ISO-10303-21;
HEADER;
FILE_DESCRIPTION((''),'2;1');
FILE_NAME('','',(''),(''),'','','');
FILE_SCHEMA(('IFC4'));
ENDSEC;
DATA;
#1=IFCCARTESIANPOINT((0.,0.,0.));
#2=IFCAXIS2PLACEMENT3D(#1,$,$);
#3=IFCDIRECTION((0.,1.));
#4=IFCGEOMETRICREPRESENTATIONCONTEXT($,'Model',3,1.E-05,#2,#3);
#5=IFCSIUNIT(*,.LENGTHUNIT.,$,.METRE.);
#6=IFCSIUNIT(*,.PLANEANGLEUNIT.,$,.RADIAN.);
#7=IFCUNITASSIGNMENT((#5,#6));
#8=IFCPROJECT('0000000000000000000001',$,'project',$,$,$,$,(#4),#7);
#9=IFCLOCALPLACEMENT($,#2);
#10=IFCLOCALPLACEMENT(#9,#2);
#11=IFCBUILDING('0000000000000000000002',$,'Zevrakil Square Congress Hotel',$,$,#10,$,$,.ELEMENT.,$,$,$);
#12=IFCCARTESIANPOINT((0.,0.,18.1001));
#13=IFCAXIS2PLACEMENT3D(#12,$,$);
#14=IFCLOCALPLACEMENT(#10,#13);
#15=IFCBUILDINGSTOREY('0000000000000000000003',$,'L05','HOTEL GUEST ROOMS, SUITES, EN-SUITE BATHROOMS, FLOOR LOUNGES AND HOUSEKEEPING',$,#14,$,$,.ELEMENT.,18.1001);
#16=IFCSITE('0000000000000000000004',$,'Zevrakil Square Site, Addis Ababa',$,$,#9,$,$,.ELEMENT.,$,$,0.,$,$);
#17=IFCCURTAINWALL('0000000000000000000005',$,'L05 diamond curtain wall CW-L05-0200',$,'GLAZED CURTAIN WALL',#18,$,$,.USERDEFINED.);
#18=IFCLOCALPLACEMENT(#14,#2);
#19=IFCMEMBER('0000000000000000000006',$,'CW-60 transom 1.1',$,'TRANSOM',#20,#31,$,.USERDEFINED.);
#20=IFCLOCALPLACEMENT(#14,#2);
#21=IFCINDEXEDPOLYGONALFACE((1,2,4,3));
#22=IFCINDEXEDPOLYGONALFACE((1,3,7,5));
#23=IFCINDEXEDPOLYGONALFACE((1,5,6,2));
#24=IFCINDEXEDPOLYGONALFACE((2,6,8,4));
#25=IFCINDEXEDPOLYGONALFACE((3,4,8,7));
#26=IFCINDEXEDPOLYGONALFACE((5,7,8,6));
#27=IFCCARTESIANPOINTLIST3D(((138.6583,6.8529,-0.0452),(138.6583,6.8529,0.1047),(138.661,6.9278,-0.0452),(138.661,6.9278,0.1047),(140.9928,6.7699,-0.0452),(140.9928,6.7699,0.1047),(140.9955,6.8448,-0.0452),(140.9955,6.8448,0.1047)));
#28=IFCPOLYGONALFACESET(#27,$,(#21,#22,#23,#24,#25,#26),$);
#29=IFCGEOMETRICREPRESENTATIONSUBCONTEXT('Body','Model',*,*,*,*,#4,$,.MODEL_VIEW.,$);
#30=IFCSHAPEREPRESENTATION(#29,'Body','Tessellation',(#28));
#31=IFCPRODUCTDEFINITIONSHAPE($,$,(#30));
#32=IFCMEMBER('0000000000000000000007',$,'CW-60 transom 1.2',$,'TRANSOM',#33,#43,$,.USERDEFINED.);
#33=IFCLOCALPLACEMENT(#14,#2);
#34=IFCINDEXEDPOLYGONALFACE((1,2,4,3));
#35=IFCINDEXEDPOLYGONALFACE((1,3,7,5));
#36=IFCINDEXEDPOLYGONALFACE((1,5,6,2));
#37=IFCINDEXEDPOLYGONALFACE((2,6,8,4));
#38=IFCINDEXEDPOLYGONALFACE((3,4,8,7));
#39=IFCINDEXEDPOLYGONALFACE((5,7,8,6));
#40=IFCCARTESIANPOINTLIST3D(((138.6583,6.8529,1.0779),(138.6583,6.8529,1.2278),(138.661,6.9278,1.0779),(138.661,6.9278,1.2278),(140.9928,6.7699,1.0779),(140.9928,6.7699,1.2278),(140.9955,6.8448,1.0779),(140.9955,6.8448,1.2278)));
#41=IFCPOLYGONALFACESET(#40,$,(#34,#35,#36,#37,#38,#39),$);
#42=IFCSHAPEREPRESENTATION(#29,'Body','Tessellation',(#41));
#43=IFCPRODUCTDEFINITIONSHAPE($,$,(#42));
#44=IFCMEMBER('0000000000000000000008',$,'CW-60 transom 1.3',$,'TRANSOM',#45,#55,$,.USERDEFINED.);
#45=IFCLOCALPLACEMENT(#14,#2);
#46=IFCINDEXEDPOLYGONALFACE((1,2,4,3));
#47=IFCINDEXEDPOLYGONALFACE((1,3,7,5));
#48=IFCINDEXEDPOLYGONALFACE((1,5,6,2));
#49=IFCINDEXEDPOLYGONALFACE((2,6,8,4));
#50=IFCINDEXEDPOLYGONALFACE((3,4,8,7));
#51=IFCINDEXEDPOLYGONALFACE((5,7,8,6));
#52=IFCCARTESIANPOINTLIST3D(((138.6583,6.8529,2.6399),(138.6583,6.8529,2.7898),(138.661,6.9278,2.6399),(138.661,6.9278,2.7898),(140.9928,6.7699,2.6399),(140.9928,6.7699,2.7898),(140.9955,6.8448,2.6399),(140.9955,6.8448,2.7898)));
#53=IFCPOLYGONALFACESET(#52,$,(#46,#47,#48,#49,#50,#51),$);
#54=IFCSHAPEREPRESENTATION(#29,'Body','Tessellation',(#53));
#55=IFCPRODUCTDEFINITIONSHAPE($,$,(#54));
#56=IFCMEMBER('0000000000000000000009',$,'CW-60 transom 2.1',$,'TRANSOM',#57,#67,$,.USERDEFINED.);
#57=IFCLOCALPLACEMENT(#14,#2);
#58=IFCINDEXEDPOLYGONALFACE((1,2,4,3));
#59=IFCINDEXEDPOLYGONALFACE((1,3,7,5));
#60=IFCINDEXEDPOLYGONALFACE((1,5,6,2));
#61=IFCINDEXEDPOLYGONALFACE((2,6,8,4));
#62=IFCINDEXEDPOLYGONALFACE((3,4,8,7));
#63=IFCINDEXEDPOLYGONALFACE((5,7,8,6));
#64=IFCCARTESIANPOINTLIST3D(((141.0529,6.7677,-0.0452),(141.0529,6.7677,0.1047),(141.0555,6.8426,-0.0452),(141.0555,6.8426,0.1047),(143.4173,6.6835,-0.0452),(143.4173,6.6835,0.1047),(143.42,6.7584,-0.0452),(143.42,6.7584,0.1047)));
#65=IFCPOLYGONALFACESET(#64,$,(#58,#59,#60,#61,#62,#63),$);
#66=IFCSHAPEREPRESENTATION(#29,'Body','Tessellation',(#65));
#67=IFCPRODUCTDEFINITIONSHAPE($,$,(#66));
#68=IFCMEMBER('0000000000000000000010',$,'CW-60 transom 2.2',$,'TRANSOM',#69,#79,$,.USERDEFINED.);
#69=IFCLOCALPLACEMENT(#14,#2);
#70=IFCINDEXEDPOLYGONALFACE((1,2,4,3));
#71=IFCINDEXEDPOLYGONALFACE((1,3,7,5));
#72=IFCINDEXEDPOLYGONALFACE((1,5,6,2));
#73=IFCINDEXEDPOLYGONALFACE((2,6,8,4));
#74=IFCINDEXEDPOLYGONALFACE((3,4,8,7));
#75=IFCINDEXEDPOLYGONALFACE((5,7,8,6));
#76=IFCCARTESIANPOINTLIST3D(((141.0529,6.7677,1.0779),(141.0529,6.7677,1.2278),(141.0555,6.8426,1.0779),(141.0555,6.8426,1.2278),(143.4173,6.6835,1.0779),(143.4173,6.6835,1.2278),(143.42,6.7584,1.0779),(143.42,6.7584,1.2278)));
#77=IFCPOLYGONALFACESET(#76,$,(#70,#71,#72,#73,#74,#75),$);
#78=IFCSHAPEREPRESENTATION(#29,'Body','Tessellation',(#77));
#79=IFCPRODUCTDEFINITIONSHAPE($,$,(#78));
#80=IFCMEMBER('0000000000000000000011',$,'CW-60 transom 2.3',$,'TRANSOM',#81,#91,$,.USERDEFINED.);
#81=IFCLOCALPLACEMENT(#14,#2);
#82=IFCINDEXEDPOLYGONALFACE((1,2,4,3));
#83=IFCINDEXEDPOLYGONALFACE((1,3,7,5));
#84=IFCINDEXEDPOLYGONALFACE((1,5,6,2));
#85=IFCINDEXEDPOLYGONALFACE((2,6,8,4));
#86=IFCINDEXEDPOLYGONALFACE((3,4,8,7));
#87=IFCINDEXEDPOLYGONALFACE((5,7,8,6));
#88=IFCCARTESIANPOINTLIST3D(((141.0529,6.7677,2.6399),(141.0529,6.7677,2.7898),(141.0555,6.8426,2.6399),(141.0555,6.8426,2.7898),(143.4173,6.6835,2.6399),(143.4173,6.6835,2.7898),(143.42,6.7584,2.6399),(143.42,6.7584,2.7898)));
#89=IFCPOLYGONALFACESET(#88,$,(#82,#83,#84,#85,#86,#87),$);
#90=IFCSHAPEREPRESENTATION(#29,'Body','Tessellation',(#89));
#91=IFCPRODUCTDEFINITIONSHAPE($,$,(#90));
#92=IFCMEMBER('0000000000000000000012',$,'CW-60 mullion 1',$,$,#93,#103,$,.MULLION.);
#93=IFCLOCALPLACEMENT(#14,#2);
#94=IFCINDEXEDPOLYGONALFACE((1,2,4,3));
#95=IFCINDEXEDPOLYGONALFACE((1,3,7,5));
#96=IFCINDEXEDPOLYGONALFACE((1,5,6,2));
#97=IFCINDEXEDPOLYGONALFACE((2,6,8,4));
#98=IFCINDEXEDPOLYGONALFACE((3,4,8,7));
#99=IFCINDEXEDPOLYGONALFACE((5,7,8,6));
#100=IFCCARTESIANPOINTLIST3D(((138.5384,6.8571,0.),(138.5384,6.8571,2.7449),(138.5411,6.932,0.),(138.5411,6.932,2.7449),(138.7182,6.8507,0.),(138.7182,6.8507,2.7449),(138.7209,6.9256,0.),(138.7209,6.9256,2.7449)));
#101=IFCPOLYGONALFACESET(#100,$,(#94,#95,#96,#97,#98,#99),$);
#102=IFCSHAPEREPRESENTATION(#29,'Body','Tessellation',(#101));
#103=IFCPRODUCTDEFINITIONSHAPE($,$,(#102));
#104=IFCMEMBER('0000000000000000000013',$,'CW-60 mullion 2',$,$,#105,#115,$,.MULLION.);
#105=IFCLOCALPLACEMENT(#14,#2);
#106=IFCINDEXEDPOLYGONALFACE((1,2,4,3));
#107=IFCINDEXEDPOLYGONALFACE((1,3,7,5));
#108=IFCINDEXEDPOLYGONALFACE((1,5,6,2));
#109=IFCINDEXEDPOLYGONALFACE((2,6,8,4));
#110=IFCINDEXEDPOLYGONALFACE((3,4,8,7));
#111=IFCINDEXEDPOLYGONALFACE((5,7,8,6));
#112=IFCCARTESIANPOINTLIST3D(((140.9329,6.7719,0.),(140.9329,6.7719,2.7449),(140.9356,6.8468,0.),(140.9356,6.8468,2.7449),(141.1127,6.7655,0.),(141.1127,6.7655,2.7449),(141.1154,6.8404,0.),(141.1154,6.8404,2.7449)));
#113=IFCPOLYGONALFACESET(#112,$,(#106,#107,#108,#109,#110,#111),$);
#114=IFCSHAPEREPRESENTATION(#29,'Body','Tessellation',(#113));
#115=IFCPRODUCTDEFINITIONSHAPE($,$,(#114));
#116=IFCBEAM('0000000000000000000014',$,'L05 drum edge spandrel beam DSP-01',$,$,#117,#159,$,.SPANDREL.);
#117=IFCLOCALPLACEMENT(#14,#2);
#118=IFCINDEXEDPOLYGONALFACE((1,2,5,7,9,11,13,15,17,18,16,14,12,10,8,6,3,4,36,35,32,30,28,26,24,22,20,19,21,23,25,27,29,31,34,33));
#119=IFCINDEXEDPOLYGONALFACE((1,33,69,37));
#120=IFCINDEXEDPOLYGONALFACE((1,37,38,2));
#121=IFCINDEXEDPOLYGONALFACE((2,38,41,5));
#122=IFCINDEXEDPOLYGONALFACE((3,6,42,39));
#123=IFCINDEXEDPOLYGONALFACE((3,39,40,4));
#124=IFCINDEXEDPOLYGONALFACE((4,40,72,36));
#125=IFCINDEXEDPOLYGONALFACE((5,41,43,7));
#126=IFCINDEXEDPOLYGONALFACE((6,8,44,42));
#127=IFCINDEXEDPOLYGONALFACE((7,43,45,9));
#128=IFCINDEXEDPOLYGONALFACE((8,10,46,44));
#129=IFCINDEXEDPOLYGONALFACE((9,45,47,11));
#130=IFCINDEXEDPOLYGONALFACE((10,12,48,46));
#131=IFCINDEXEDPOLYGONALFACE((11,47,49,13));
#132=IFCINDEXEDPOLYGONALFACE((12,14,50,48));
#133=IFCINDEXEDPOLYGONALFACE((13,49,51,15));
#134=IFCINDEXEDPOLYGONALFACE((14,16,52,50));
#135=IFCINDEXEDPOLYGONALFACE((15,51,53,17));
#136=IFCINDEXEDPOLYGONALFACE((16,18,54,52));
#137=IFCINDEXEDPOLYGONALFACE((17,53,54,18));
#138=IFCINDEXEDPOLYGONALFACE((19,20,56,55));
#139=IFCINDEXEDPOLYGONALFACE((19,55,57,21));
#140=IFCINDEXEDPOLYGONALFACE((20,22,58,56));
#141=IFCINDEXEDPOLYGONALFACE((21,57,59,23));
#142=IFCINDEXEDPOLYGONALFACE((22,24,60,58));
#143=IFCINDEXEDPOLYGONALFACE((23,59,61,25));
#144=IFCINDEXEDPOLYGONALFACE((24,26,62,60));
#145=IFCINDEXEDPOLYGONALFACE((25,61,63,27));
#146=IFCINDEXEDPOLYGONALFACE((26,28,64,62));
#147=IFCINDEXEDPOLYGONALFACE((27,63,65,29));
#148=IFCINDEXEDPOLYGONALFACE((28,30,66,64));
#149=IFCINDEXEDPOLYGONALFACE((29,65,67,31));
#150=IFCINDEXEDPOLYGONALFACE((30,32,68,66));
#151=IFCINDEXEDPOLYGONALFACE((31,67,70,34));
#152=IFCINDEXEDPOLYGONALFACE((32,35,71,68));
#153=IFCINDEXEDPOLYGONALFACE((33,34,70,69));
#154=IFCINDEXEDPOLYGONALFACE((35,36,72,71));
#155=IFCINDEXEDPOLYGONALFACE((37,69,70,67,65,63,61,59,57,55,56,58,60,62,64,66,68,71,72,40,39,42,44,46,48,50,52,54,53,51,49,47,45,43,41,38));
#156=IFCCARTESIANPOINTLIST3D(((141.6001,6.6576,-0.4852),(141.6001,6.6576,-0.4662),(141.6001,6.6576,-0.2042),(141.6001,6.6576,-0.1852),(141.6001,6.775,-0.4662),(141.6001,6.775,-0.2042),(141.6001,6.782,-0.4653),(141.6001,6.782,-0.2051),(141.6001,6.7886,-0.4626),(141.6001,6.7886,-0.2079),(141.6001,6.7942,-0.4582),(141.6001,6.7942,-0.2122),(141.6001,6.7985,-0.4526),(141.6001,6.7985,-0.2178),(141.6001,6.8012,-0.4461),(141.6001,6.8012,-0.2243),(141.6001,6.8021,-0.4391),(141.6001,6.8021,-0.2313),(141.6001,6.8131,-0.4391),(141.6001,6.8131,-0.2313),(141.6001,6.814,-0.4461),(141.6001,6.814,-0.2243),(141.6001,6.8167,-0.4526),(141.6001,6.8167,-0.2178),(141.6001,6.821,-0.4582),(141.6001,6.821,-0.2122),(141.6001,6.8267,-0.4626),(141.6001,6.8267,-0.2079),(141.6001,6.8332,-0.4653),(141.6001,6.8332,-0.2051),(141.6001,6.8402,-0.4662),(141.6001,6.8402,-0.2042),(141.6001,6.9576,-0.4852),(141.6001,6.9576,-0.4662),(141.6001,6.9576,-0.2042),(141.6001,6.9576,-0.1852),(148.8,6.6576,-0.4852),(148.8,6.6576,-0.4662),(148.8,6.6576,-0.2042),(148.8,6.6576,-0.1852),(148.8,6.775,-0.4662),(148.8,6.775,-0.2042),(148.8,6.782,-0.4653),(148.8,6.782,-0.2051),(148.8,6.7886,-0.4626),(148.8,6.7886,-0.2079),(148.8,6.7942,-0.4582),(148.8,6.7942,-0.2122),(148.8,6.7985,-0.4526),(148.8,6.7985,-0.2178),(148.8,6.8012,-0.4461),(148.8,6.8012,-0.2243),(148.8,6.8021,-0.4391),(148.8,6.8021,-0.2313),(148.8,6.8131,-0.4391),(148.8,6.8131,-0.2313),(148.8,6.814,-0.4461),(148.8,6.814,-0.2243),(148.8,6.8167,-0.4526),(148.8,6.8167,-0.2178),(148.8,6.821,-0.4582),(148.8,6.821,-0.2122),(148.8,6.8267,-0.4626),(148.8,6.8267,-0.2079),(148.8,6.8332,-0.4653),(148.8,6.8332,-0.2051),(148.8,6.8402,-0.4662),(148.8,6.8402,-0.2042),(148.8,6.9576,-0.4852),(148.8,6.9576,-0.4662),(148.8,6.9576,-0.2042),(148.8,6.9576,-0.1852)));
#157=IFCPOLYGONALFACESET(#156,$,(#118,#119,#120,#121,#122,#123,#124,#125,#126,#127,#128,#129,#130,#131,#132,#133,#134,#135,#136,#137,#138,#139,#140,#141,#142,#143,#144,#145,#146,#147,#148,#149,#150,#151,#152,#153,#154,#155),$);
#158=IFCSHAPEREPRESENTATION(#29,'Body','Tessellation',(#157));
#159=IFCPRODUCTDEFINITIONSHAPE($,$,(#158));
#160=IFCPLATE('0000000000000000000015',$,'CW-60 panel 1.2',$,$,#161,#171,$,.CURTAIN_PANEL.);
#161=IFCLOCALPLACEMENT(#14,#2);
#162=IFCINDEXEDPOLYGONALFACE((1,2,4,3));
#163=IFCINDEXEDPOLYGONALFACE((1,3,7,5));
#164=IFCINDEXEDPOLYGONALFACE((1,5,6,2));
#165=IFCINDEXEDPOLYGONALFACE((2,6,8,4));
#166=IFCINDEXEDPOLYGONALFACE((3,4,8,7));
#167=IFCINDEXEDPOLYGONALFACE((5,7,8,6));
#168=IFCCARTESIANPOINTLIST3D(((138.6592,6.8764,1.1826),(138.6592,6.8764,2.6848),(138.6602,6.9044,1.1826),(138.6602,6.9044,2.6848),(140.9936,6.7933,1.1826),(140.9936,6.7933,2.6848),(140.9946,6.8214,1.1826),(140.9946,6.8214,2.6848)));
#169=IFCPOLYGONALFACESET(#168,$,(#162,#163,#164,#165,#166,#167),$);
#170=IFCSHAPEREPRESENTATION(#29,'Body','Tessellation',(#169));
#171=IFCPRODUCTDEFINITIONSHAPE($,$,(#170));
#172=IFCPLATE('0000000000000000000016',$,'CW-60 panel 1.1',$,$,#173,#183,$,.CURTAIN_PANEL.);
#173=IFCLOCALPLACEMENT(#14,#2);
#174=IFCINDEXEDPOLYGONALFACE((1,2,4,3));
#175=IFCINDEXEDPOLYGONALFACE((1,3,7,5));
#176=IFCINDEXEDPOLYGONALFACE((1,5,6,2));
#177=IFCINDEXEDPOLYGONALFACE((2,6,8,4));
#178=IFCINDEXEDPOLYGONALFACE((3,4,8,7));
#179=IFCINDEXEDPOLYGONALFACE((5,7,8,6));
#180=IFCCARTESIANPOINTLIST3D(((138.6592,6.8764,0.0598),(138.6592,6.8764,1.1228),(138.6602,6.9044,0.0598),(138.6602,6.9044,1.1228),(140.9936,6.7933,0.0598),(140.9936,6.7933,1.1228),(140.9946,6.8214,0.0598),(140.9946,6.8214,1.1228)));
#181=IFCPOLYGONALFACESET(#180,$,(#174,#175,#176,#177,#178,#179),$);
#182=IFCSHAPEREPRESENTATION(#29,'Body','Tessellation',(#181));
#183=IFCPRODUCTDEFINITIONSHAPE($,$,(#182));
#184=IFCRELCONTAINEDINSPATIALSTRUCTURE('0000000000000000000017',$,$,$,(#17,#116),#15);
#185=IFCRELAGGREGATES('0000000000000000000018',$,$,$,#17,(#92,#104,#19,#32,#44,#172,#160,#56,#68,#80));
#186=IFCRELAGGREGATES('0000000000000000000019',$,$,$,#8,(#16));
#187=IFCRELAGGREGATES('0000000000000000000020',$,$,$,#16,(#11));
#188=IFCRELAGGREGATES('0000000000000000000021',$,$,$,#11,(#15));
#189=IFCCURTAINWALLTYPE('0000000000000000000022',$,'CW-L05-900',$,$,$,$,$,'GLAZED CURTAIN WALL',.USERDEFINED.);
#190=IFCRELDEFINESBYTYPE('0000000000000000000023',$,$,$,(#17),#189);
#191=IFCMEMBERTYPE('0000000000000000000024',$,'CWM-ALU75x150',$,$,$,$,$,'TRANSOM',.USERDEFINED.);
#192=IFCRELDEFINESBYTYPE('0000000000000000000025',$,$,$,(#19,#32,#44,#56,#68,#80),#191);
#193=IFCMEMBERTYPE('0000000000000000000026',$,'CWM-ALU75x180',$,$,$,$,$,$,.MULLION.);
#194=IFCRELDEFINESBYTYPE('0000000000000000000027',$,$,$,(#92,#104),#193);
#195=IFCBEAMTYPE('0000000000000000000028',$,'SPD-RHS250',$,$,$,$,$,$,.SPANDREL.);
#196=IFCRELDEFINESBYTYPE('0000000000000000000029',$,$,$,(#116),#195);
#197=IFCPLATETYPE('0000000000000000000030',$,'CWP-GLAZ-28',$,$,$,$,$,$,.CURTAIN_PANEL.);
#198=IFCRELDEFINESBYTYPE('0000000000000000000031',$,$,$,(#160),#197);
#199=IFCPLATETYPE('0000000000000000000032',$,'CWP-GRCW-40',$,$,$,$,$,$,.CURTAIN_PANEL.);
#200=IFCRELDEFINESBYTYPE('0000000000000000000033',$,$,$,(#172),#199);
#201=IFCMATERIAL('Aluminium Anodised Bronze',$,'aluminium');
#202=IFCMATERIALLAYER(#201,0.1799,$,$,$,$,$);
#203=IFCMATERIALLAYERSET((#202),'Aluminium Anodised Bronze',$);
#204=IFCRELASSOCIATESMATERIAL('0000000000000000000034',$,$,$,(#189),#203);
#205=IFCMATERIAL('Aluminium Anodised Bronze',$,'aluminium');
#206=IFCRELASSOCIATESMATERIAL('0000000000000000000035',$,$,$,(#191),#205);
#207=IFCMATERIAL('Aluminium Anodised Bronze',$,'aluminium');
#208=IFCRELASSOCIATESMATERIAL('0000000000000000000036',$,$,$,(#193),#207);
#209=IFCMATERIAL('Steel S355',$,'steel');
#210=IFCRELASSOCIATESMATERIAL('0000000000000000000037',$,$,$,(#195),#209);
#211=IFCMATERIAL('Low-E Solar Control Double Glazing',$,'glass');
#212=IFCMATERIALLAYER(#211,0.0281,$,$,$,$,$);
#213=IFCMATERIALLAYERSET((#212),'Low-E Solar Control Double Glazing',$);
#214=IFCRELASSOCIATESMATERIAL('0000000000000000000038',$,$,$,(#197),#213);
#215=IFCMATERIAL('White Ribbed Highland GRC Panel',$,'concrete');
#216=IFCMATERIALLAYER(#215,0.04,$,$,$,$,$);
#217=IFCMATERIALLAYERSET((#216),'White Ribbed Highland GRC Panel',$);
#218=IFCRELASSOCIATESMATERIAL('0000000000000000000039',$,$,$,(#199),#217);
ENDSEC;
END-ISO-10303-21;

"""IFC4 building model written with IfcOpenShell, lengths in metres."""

from ifc_helpers import new_model, si_unit, direction, frame, origin, origin_2d, place, context, subcontext, project, spatial, rectangle, i_section, extrude, material, layer, layer_set, material_profile, profile_set, type_object, element, aggregate, save


model = new_model("IFC4")

# Units and contexts
model_context = context("Model", 3, precision=1e-05, world=origin(), true_north=direction((0.0, 1.0)))
body_context = subcontext(model_context, "Body", "Model", "MODEL_VIEW")
ifc_project = project(units=[si_unit("LENGTHUNIT", "METRE"), si_unit("PLANEANGLEUNIT", "RADIAN")], contexts=[model_context])

# Site, building, storey
site_placement = place(None, origin())
site = spatial("IfcSite", under=ifc_project, at=site_placement, Name="Zevrakil Square Site, Addis Ababa", CompositionType="ELEMENT", RefElevation=0.0)
building_placement = place(site_placement, origin())
building = spatial("IfcBuilding", under=site, at=building_placement, Name="Zevrakil Square Congress Hotel", CompositionType="ELEMENT")
storey_placement = place(building_placement, frame((0.0, 0.0, 18.1001)))
storey = spatial("IfcBuildingStorey", under=building, at=storey_placement, Name="L05", Description="HOTEL GUEST ROOMS, SUITES, EN-SUITE BATHROOMS, FLOOR LOUNGES AND HOUSEKEEPING", CompositionType="ELEMENT", Elevation=18.1001)

# Curtain wall, members
ifc_material_1 = material(Name="Aluminium Anodised Bronze", Category="aluminium")
ifc_layer_1 = layer(ifc_material_1, 0.1799)
ifc_layer_set_1 = layer_set([ifc_layer_1], Name="Aluminium Anodised Bronze")
curtain_wall_type = type_object("IfcCurtainWallType", Name="CW-L05-900", ElementType="GLAZED CURTAIN WALL", PredefinedType="USERDEFINED", material=ifc_layer_set_1)
curtain_wall_placement = place(storey_placement, origin())
curtain_wall = element("IfcCurtainWall", 1, at=curtain_wall_placement, inside=storey, type_object=curtain_wall_type, Name="L05 diamond curtain wall CW-L05-0200", ObjectType="GLAZED CURTAIN WALL", PredefinedType="USERDEFINED")
ifc_material_2 = material(Name="Aluminium Anodised Bronze", Category="aluminium")
ifc_material_profile_1 = material_profile(ifc_material_2, rectangle(XDim=0.075, YDim=0.1499, at=origin_2d()), Name="ALU 75x150")
ifc_profile_set_1 = profile_set([ifc_material_profile_1], Name="Aluminium Anodised Bronze")
member_type_1 = type_object("IfcMemberType", Name="CWM-ALU75x150", ElementType="TRANSOM", PredefinedType="USERDEFINED", material=ifc_profile_set_1)
member_1_placement = place(storey_placement, frame((138.6597, 6.8904, 0.0298), z_axis=(0.999368, -0.035535, 0.0), x_axis=(0.035535, 0.999368, 0.0)))
member_1 = element("IfcMember", 2, at=member_1_placement, type_object=member_type_1, Name="CW-60 transom 1.1", ObjectType="TRANSOM", PredefinedType="USERDEFINED", context=body_context, shape_type="SweptSolid", body=[
    extrude(rectangle(XDim=0.075, YDim=0.1499, at=origin_2d()), origin(), (0.0, 0.0, 1.0), 2.3359),
])
member_2_placement = place(storey_placement, frame((138.6597, 6.8904, 1.1528), z_axis=(0.999368, -0.035535, 0.0), x_axis=(0.035535, 0.999368, 0.0)))
member_2 = element("IfcMember", 3, at=member_2_placement, type_object=member_type_1, Name="CW-60 transom 1.2", ObjectType="TRANSOM", PredefinedType="USERDEFINED", context=body_context, shape_type="SweptSolid", body=[
    extrude(rectangle(XDim=0.075, YDim=0.1499, at=origin_2d()), origin(), (0.0, 0.0, 1.0), 2.3359),
])
member_3_placement = place(storey_placement, frame((138.6597, 6.8904, 2.7148), z_axis=(0.999368, -0.035535, 0.0), x_axis=(0.035535, 0.999368, 0.0)))
member_3 = element("IfcMember", 4, at=member_3_placement, type_object=member_type_1, Name="CW-60 transom 1.3", ObjectType="TRANSOM", PredefinedType="USERDEFINED", context=body_context, shape_type="SweptSolid", body=[
    extrude(rectangle(XDim=0.075, YDim=0.1499, at=origin_2d()), origin(), (0.0, 0.0, 1.0), 2.3359),
])
member_4_placement = place(storey_placement, frame((141.0542, 6.8052, 0.0298), z_axis=(0.999366, -0.0356, 0.0), x_axis=(0.0356, 0.999366, 0.0)))
member_4 = element("IfcMember", 5, at=member_4_placement, type_object=member_type_1, Name="CW-60 transom 2.1", ObjectType="TRANSOM", PredefinedType="USERDEFINED", context=body_context, shape_type="SweptSolid", body=[
    extrude(rectangle(XDim=0.075, YDim=0.1499, at=origin_2d()), origin(), (0.0, 0.0, 1.0), 2.366),
])
member_5_placement = place(storey_placement, frame((141.0542, 6.8052, 1.1528), z_axis=(0.999366, -0.0356, 0.0), x_axis=(0.0356, 0.999366, 0.0)))
member_5 = element("IfcMember", 6, at=member_5_placement, type_object=member_type_1, Name="CW-60 transom 2.2", ObjectType="TRANSOM", PredefinedType="USERDEFINED", context=body_context, shape_type="SweptSolid", body=[
    extrude(rectangle(XDim=0.075, YDim=0.1499, at=origin_2d()), origin(), (0.0, 0.0, 1.0), 2.366),
])
member_6_placement = place(storey_placement, frame((141.0542, 6.8052, 2.7148), z_axis=(0.999366, -0.0356, 0.0), x_axis=(0.0356, 0.999366, 0.0)))
member_6 = element("IfcMember", 7, at=member_6_placement, type_object=member_type_1, Name="CW-60 transom 2.3", ObjectType="TRANSOM", PredefinedType="USERDEFINED", context=body_context, shape_type="SweptSolid", body=[
    extrude(rectangle(XDim=0.075, YDim=0.1499, at=origin_2d()), origin(), (0.0, 0.0, 1.0), 2.366),
])
ifc_material_3 = material(Name="Aluminium Anodised Bronze", Category="aluminium")
ifc_material_profile_2 = material_profile(ifc_material_3, rectangle(XDim=0.075, YDim=0.1799, at=origin_2d()), Name="ALU 75x180")
ifc_profile_set_2 = profile_set([ifc_material_profile_2], Name="Aluminium Anodised Bronze")
member_type_2 = type_object("IfcMemberType", Name="CWM-ALU75x180", PredefinedType="MULLION", material=ifc_profile_set_2)
member_7_placement = place(storey_placement, frame((138.6296, 6.8914, 0.0), z_axis=(0.0, 0.0, 1.0), x_axis=(0.035553, 0.999368, 0.0)))
member_7 = element("IfcMember", 8, at=member_7_placement, type_object=member_type_2, Name="CW-60 mullion 1", PredefinedType="MULLION", context=body_context, shape_type="SweptSolid", body=[
    extrude(rectangle(XDim=0.075, YDim=0.1799, at=origin_2d()), origin(), (0.0, 0.0, 1.0), 2.7449),
])
member_8_placement = place(storey_placement, frame((141.0242, 6.8062, 0.0), z_axis=(0.0, 0.0, 1.0), x_axis=(0.035553, 0.999368, 0.0)))
member_8 = element("IfcMember", 9, at=member_8_placement, type_object=member_type_2, Name="CW-60 mullion 2", PredefinedType="MULLION", context=body_context, shape_type="SweptSolid", body=[
    extrude(rectangle(XDim=0.075, YDim=0.1799, at=origin_2d()), origin(), (0.0, 0.0, 1.0), 2.7449),
])

# Beam
ifc_material_4 = material(Name="Steel S355", Category="steel")
ifc_material_profile_3 = material_profile(ifc_material_4, i_section(OverallWidth=0.3, OverallDepth=0.3, WebThickness=0.011, FlangeThickness=0.019, FilletRadius=0.0271, at=origin_2d()), Name="HEB 300")
ifc_profile_set_3 = profile_set([ifc_material_profile_3], Name="Steel S355")
beam_type = type_object("IfcBeamType", Name="SPD-RHS250", PredefinedType="SPANDREL", material=ifc_profile_set_3)
beam_placement = place(storey_placement, frame((141.6001, 6.8076, -0.3352), z_axis=(1.0, 0.0, 0.0), x_axis=(0.0, 1.0, 0.0)))
element("IfcBeam", 10, at=beam_placement, inside=storey, type_object=beam_type, Name="L05 drum edge spandrel beam DSP-01", PredefinedType="SPANDREL", context=body_context, shape_type="SweptSolid", body=[
    extrude(i_section(OverallWidth=0.3, OverallDepth=0.3, WebThickness=0.011, FlangeThickness=0.019, FilletRadius=0.0271, at=origin_2d()), origin(), (0.0, 0.0, 1.0), 7.2),
])

# Plates
ifc_material_5 = material(Name="Low-E Solar Control Double Glazing", Category="glass")
ifc_layer_2 = layer(ifc_material_5, 0.0281)
ifc_layer_set_2 = layer_set([ifc_layer_2], Name="Low-E Solar Control Double Glazing")
plate_type_1 = type_object("IfcPlateType", Name="CWP-GLAZ-28", PredefinedType="CURTAIN_PANEL", material=ifc_layer_set_2)
plate_1_placement = place(storey_placement, frame((139.8269, 6.8489, 1.1826), z_axis=(0.0, 0.0, 1.0), x_axis=(0.999368, -0.035553, 0.0)))
plate_1 = element("IfcPlate", 11, at=plate_1_placement, type_object=plate_type_1, Name="CW-60 panel 1.2", PredefinedType="CURTAIN_PANEL", context=body_context, shape_type="SweptSolid", body=[
    extrude(rectangle(XDim=2.3359, YDim=0.0281, at=origin_2d()), origin(), (0.0, 0.0, 1.0), 1.5022),
])
ifc_material_6 = material(Name="White Ribbed Highland GRC Panel", Category="concrete")
ifc_layer_3 = layer(ifc_material_6, 0.04)
ifc_layer_set_3 = layer_set([ifc_layer_3], Name="White Ribbed Highland GRC Panel")
plate_type_2 = type_object("IfcPlateType", Name="CWP-GRCW-40", PredefinedType="CURTAIN_PANEL", material=ifc_layer_set_3)
plate_2_placement = place(storey_placement, frame((139.8269, 6.8489, 0.0598), z_axis=(0.0, 0.0, 1.0), x_axis=(0.999368, -0.035553, 0.0)))
plate_2 = element("IfcPlate", 12, at=plate_2_placement, type_object=plate_type_2, Name="CW-60 panel 1.1", PredefinedType="CURTAIN_PANEL", context=body_context, shape_type="SweptSolid", body=[
    extrude(rectangle(XDim=2.3359, YDim=0.0281, at=origin_2d()), origin(), (0.0, 0.0, 1.0), 1.063),
])
aggregate(curtain_wall, [member_7, member_8, member_1, member_2, member_3, plate_2, plate_1, member_4, member_5, member_6])

save(model, "model.ifc")
